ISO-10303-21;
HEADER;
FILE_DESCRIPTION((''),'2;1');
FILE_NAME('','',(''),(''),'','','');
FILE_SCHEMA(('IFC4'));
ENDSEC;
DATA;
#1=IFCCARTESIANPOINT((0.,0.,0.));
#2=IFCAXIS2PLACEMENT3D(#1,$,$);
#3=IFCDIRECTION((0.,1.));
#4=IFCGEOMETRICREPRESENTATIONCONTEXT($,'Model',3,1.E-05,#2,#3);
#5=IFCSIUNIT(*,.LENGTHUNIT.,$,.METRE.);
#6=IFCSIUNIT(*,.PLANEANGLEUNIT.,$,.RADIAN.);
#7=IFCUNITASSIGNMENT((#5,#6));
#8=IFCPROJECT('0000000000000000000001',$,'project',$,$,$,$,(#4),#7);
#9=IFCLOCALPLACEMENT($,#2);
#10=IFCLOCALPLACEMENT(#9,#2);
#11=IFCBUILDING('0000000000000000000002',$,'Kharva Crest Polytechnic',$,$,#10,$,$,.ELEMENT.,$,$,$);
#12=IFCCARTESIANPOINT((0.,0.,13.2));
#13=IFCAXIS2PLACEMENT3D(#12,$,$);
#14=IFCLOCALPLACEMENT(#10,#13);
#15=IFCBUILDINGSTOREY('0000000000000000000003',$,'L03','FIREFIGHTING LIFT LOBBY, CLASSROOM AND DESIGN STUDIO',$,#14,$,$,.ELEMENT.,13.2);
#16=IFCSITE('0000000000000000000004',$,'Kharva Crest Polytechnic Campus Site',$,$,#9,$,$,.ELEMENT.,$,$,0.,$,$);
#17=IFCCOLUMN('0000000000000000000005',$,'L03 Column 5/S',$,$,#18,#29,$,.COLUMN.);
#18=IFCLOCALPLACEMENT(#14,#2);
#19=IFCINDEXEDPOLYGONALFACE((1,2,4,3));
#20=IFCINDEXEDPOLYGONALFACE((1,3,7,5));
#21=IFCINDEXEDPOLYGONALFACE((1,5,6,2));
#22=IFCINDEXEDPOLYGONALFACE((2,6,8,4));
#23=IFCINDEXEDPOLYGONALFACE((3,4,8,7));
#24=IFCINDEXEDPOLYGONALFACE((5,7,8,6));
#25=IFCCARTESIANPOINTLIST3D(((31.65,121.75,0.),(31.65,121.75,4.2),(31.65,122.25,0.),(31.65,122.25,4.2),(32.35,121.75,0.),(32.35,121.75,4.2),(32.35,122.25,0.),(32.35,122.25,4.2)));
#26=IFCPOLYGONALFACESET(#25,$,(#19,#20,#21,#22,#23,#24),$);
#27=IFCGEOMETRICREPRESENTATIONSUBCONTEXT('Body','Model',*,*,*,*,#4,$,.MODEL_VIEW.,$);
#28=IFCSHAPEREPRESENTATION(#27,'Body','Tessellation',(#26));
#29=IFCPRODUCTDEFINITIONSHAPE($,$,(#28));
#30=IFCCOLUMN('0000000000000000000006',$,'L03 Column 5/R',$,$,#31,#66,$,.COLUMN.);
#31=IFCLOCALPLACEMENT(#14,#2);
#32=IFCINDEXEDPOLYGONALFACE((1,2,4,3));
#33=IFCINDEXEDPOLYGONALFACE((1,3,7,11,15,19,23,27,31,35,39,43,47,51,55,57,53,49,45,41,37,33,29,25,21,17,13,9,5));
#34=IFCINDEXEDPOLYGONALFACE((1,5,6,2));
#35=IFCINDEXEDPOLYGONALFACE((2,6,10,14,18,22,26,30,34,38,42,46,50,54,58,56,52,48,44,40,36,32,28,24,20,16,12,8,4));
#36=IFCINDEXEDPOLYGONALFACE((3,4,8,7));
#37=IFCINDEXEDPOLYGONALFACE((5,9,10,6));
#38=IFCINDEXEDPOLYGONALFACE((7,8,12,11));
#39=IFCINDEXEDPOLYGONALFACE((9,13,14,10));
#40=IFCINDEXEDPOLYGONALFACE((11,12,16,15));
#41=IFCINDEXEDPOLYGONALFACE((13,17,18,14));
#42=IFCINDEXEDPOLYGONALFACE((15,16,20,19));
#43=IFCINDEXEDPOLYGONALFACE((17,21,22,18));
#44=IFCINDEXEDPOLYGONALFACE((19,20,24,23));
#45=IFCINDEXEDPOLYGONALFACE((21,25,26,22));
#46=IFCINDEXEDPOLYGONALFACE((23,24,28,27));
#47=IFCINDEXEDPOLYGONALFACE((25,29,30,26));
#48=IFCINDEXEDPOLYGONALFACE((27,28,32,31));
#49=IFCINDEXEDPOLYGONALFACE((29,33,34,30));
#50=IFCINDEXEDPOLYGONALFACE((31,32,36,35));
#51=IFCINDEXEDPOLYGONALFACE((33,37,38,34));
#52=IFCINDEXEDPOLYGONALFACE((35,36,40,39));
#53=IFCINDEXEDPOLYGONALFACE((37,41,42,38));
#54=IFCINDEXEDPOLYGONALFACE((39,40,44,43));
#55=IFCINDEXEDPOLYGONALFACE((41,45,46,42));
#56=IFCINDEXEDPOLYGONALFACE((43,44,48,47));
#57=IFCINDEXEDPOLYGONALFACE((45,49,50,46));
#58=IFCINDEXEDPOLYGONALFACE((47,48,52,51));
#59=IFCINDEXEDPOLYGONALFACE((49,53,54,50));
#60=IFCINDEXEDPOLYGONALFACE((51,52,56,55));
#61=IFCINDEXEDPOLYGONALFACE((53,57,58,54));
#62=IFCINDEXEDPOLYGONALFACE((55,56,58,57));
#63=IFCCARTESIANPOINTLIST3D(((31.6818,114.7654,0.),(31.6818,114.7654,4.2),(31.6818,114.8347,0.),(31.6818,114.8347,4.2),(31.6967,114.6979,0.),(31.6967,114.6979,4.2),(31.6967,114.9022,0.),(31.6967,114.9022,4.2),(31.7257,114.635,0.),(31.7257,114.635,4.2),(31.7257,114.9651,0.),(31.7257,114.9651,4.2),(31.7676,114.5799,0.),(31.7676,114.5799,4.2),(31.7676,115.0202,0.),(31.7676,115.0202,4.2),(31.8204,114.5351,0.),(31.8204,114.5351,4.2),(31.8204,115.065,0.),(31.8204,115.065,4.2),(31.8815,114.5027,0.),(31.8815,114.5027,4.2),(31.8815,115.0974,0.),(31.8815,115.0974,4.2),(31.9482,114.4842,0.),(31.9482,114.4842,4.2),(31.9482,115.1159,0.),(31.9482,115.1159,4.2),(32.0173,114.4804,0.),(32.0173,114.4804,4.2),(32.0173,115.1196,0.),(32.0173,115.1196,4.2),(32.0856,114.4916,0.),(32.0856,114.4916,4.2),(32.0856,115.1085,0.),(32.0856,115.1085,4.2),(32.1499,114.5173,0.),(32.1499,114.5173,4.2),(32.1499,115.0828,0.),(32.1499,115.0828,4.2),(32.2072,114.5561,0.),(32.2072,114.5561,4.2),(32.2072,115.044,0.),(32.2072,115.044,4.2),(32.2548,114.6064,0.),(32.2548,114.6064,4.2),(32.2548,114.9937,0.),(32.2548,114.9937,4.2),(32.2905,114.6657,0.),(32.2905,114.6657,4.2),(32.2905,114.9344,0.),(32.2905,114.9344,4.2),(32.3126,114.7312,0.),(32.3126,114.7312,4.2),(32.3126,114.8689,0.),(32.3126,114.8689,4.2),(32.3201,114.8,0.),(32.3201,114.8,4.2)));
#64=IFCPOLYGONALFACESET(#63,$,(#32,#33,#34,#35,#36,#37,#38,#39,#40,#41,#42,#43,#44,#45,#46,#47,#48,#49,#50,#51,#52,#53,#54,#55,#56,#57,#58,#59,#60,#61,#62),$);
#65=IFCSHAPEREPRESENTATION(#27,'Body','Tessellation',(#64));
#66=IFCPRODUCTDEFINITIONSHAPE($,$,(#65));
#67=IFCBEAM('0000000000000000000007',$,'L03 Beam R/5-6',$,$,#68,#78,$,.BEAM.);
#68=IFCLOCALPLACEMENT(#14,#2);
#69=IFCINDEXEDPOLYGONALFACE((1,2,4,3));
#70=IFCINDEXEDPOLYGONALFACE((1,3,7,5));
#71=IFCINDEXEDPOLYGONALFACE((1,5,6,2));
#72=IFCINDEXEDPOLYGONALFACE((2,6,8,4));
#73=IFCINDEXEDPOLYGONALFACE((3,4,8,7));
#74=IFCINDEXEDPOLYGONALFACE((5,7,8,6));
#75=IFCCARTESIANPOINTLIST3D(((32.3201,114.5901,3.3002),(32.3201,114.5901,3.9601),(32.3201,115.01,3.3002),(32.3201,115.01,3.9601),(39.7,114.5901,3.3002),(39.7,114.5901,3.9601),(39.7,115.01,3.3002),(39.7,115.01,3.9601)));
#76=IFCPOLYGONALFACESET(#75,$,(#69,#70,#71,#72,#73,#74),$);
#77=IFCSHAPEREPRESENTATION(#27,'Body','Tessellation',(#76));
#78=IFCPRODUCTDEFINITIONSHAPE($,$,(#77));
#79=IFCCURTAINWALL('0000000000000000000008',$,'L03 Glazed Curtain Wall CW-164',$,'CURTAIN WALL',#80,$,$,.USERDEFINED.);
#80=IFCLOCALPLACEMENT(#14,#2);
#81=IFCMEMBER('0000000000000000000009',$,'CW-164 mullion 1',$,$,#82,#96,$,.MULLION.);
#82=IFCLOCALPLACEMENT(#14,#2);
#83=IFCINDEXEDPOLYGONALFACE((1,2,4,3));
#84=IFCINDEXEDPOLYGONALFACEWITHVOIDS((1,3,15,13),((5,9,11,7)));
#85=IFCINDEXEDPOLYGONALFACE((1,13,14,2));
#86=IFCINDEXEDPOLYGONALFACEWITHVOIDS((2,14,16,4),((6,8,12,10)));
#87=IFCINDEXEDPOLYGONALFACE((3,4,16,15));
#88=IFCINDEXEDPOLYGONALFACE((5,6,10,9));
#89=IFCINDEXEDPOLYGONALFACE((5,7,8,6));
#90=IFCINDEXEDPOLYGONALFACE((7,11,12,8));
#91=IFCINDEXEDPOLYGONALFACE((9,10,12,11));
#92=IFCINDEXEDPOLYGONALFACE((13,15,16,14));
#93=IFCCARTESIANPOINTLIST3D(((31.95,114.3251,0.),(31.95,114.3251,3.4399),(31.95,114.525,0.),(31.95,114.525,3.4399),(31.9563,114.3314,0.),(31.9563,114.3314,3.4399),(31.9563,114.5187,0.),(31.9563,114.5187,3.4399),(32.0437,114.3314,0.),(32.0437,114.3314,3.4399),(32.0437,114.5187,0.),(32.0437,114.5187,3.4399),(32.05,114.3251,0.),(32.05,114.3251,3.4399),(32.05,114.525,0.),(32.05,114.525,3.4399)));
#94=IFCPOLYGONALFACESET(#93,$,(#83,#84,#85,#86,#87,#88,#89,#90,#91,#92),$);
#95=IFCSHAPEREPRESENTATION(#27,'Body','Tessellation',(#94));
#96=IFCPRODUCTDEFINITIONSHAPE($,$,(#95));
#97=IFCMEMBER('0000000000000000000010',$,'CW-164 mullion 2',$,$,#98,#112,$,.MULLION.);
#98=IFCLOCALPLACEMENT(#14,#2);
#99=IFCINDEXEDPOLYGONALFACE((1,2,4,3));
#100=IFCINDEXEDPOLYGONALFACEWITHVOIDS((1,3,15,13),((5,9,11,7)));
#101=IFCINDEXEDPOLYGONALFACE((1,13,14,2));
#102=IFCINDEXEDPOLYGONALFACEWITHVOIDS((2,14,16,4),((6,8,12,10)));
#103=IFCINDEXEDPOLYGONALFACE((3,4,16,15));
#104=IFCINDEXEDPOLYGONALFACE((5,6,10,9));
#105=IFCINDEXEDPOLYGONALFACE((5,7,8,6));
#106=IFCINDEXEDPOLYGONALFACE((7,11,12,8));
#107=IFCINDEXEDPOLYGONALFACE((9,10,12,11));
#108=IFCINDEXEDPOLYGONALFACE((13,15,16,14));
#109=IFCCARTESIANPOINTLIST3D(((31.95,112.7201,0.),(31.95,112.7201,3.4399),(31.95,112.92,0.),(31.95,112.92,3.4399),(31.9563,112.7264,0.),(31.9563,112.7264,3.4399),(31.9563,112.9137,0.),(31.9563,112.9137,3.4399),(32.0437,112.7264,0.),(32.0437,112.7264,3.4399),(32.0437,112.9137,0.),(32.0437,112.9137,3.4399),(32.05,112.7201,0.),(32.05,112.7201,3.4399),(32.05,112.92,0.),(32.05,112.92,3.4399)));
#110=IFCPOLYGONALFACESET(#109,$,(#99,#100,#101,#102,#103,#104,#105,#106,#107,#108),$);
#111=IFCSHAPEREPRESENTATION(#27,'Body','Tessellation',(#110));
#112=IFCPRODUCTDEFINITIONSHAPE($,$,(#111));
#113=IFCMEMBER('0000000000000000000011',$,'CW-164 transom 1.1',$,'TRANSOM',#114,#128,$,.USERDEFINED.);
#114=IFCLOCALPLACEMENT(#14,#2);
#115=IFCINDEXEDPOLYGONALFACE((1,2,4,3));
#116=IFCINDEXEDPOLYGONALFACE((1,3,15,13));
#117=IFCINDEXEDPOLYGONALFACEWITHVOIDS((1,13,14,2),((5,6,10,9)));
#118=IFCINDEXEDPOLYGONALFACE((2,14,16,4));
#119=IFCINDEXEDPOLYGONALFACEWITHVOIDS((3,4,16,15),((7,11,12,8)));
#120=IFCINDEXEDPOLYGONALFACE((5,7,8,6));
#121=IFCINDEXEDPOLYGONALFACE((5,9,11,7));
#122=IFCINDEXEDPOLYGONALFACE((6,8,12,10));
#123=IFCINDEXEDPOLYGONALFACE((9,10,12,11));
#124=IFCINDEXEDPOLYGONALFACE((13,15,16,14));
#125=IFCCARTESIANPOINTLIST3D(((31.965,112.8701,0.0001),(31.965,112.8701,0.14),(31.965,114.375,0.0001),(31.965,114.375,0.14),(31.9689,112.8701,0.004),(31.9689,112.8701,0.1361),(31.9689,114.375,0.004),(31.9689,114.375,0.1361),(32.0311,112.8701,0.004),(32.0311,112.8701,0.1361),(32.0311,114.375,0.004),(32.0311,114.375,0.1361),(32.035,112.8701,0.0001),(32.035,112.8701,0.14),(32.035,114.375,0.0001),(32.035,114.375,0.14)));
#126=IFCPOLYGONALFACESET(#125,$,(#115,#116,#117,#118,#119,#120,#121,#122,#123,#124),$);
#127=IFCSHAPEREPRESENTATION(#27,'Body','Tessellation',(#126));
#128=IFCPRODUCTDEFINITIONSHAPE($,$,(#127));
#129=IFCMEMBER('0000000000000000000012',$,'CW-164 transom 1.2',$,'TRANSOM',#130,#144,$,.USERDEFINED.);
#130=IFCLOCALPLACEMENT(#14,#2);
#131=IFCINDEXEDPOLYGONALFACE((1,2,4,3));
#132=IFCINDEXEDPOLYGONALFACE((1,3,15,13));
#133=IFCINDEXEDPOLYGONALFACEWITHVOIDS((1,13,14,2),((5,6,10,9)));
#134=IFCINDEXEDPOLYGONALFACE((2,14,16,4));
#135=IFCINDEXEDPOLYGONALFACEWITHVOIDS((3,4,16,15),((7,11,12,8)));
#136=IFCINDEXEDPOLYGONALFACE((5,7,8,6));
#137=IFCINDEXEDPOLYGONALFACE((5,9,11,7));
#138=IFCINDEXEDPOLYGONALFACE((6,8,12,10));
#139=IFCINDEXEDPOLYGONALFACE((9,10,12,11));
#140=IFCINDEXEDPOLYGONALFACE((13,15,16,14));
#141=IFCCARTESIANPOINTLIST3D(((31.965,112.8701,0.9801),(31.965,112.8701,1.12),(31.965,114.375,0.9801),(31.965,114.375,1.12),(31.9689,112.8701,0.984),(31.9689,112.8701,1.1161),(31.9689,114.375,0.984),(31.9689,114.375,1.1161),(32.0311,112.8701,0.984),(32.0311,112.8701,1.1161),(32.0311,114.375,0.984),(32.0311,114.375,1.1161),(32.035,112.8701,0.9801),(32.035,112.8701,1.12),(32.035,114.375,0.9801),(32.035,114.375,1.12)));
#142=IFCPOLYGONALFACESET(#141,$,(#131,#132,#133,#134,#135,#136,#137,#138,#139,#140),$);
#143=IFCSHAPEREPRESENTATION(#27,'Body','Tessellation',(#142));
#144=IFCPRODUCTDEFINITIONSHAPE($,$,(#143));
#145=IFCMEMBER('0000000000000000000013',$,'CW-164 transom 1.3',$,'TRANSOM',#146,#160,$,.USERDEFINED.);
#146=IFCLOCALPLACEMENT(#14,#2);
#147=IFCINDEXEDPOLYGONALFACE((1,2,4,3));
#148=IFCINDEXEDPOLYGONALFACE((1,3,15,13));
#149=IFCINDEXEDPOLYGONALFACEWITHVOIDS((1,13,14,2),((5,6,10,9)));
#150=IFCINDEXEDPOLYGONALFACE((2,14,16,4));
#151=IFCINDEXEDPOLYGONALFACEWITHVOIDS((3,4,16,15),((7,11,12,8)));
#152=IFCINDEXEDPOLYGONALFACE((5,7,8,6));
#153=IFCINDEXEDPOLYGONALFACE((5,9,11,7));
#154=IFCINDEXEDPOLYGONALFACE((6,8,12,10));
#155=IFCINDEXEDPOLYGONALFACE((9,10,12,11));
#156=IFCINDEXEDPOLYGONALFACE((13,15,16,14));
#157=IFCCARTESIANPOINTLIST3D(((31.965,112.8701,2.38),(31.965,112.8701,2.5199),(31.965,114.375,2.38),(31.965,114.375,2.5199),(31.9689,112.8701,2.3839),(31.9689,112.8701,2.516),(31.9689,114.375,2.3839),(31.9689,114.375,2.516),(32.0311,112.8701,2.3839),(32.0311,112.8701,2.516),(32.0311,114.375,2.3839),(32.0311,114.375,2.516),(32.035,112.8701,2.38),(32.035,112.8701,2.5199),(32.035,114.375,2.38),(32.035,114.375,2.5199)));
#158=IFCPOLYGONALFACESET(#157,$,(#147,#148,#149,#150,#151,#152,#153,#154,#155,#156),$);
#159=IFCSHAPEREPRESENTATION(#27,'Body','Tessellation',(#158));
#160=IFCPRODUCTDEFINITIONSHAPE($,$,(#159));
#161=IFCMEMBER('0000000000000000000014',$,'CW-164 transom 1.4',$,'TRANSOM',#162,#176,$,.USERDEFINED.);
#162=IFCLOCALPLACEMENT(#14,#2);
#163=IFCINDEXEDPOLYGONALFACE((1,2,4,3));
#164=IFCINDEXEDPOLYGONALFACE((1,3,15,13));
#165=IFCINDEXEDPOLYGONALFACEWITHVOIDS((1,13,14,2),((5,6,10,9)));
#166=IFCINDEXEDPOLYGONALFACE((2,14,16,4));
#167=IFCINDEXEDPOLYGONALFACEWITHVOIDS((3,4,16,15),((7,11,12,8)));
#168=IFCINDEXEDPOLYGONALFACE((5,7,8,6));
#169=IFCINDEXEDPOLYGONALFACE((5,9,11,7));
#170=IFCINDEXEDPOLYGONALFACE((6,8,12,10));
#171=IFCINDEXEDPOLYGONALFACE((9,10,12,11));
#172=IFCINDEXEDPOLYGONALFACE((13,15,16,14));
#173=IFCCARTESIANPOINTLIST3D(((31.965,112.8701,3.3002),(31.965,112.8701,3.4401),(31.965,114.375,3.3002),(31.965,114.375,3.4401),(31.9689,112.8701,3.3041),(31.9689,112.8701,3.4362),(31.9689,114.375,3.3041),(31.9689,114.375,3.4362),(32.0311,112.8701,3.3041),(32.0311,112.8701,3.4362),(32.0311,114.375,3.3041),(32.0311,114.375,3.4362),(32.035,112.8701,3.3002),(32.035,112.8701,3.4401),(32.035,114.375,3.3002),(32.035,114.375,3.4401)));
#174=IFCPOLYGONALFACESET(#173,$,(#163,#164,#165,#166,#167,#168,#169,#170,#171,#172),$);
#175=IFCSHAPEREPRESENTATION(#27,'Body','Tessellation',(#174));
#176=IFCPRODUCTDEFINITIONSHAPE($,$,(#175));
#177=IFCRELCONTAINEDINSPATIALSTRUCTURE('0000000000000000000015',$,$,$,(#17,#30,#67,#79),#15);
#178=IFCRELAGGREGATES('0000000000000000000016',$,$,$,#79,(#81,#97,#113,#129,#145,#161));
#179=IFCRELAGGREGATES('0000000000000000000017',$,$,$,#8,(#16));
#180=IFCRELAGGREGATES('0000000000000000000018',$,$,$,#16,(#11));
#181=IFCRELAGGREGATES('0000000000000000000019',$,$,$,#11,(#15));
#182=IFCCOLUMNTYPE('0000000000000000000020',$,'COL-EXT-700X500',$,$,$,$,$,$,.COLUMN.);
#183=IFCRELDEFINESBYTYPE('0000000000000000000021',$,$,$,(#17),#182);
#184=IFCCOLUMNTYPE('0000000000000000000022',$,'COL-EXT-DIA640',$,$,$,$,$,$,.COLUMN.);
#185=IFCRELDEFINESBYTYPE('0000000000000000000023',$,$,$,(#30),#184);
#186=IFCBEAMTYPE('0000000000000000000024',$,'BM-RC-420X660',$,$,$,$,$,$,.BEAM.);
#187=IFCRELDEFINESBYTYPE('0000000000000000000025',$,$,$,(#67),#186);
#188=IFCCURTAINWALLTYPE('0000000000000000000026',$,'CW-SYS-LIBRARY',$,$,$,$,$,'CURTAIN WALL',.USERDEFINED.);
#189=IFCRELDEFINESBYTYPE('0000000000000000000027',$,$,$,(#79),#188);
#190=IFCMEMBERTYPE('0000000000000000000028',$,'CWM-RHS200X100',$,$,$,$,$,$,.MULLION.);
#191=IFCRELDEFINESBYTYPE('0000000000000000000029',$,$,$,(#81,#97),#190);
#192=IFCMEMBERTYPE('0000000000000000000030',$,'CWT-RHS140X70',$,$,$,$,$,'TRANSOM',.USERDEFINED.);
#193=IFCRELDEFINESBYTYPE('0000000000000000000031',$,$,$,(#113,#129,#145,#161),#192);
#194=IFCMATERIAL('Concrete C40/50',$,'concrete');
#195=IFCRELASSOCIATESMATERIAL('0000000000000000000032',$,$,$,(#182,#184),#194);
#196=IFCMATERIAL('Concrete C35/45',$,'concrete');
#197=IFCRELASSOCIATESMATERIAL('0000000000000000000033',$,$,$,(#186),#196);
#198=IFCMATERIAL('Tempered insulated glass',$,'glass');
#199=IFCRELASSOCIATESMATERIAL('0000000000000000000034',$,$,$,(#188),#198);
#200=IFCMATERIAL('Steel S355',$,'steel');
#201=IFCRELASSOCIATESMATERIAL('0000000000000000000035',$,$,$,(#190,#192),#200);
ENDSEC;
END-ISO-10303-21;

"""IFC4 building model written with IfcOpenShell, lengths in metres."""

from ifc_helpers import new_model, si_unit, direction, frame, origin, origin_2d, place, context, subcontext, project, spatial, rectangle, hollow_rectangle, circle, extrude, material, material_profile, profile_set, type_object, element, aggregate, save


model = new_model("IFC4")

# Units and contexts
model_context = context("Model", 3, precision=1e-05, world=origin(), true_north=direction((0.0, 1.0)))
body_context = subcontext(model_context, "Body", "Model", "MODEL_VIEW")
ifc_project = project(units=[si_unit("LENGTHUNIT", "METRE"), si_unit("PLANEANGLEUNIT", "RADIAN")], contexts=[model_context])

# Site, building, storey
site_placement = place(None, origin())
site = spatial("IfcSite", under=ifc_project, at=site_placement, Name="Kharva Crest Polytechnic Campus Site", CompositionType="ELEMENT", RefElevation=0.0)
building_placement = place(site_placement, origin())
building = spatial("IfcBuilding", under=site, at=building_placement, Name="Kharva Crest Polytechnic", CompositionType="ELEMENT")
storey_placement = place(building_placement, frame((0.0, 0.0, 13.2)))
storey = spatial("IfcBuildingStorey", under=building, at=storey_placement, Name="L03", Description="FIREFIGHTING LIFT LOBBY, CLASSROOM AND DESIGN STUDIO", CompositionType="ELEMENT", Elevation=13.2)

# Columns
ifc_material_1 = material(Name="Concrete C40/50", Category="concrete")
ifc_material_profile_1 = material_profile(ifc_material_1, rectangle(XDim=0.7, YDim=0.5, at=origin_2d()), Name="RECT 700 X 500")
ifc_profile_set_1 = profile_set([ifc_material_profile_1], Name="Concrete C40/50")
column_type_1 = type_object("IfcColumnType", Name="COL-EXT-700X500", PredefinedType="COLUMN", material=ifc_profile_set_1)
column_1_placement = place(storey_placement, frame((32.0, 122.0, 0.0), z_axis=(0.0, 0.0, 1.0), x_axis=(1.0, 0.0, 0.0)))
element("IfcColumn", 1, at=column_1_placement, inside=storey, type_object=column_type_1, Name="L03 Column 5/S", PredefinedType="COLUMN", context=body_context, shape_type="SweptSolid", body=[
    extrude(rectangle(XDim=0.7, YDim=0.5, at=origin_2d()), origin(), (0.0, 0.0, 1.0), 4.2),
])
ifc_material_profile_2 = material_profile(ifc_material_1, circle(Radius=0.3201, at=origin_2d()), Name="DIA 640")
ifc_profile_set_2 = profile_set([ifc_material_profile_2], Name="Concrete C40/50")
column_type_2 = type_object("IfcColumnType", Name="COL-EXT-DIA640", PredefinedType="COLUMN", material=ifc_profile_set_2)
column_2_placement = place(storey_placement, frame((32.0, 114.8, 0.0), z_axis=(0.0, 0.0, 1.0), x_axis=(1.0, 0.0, 0.0)))
element("IfcColumn", 2, at=column_2_placement, inside=storey, type_object=column_type_2, Name="L03 Column 5/R", PredefinedType="COLUMN", context=body_context, shape_type="SweptSolid", body=[
    extrude(circle(Radius=0.3201, at=origin_2d()), origin(), (0.0, 0.0, 1.0), 4.2),
])

# Beam
ifc_material_2 = material(Name="Concrete C35/45", Category="concrete")
ifc_material_profile_3 = material_profile(ifc_material_2, rectangle(XDim=0.4199, YDim=0.6599, at=origin_2d()), Name="RECT 420 X 660")
ifc_profile_set_3 = profile_set([ifc_material_profile_3], Name="Concrete C35/45")
beam_type_1 = type_object("IfcBeamType", Name="BM-RC-420X660", PredefinedType="BEAM", material=ifc_profile_set_3)
beam_1_placement = place(storey_placement, frame((32.3201, 114.8, 3.6301), z_axis=(1.0, 0.0, 0.0), x_axis=(0.0, 1.0, 0.0)))
element("IfcBeam", 3, at=beam_1_placement, inside=storey, type_object=beam_type_1, Name="L03 Beam R/5-6", PredefinedType="BEAM", context=body_context, shape_type="SweptSolid", body=[
    extrude(rectangle(XDim=0.4199, YDim=0.6599, at=origin_2d()), origin(), (0.0, 0.0, 1.0), 7.3799),
])

# Curtain wall, members
ifc_material_3 = material(Name="Tempered insulated glass", Category="glass")
curtain_wall_type = type_object("IfcCurtainWallType", Name="CW-SYS-LIBRARY", ElementType="CURTAIN WALL", PredefinedType="USERDEFINED", material=ifc_material_3)
curtain_wall_placement = place(storey_placement, origin())
curtain_wall = element("IfcCurtainWall", 4, at=curtain_wall_placement, inside=storey, type_object=curtain_wall_type, Name="L03 Glazed Curtain Wall CW-164", ObjectType="CURTAIN WALL", PredefinedType="USERDEFINED")
ifc_material_4 = material(Name="Steel S355", Category="steel")
ifc_material_profile_4 = material_profile(ifc_material_4, hollow_rectangle(XDim=0.1001, YDim=0.2, WallThickness=0.0063, at=origin_2d()), Name="RHS 200X100X6.3")
ifc_profile_set_4 = profile_set([ifc_material_profile_4], Name="Steel S355")
member_type_1 = type_object("IfcMemberType", Name="CWM-RHS200X100", PredefinedType="MULLION", material=ifc_profile_set_4)
member_1_placement = place(storey_placement, frame((32.0, 114.425, 0.0), z_axis=(0.0, 0.0, 1.0), x_axis=(1.0, 0.0, 0.0)))
member_1 = element("IfcMember", 5, at=member_1_placement, type_object=member_type_1, Name="CW-164 mullion 1", PredefinedType="MULLION", context=body_context, shape_type="SweptSolid", body=[
    extrude(hollow_rectangle(XDim=0.1001, YDim=0.2, WallThickness=0.0063, at=origin_2d()), origin(), (0.0, 0.0, 1.0), 3.4399),
])
member_2_placement = place(storey_placement, frame((32.0, 112.8201, 0.0), z_axis=(0.0, 0.0, 1.0), x_axis=(1.0, 0.0, 0.0)))
member_2 = element("IfcMember", 6, at=member_2_placement, type_object=member_type_1, Name="CW-164 mullion 2", PredefinedType="MULLION", context=body_context, shape_type="SweptSolid", body=[
    extrude(hollow_rectangle(XDim=0.1001, YDim=0.2, WallThickness=0.0063, at=origin_2d()), origin(), (0.0, 0.0, 1.0), 3.4399),
])
ifc_material_profile_5 = material_profile(ifc_material_4, hollow_rectangle(XDim=0.0701, YDim=0.1399, WallThickness=0.0039, at=origin_2d()), Name="RHS 140X70X4.0")
ifc_profile_set_5 = profile_set([ifc_material_profile_5], Name="Steel S355")
member_type_2 = type_object("IfcMemberType", Name="CWT-RHS140X70", ElementType="TRANSOM", PredefinedType="USERDEFINED", material=ifc_profile_set_5)
member_3_placement = place(storey_placement, frame((32.0, 114.375, 0.0701), z_axis=(0.0, -1.0, 0.0), x_axis=(1.0, 0.0, 0.0)))
member_3 = element("IfcMember", 7, at=member_3_placement, type_object=member_type_2, Name="CW-164 transom 1.1", ObjectType="TRANSOM", PredefinedType="USERDEFINED", context=body_context, shape_type="SweptSolid", body=[
    extrude(hollow_rectangle(XDim=0.0701, YDim=0.1399, WallThickness=0.0039, at=origin_2d()), origin(), (0.0, 0.0, 1.0), 1.5049),
])
member_4_placement = place(storey_placement, frame((32.0, 114.375, 1.05), z_axis=(0.0, -1.0, 0.0), x_axis=(1.0, 0.0, 0.0)))
member_4 = element("IfcMember", 8, at=member_4_placement, type_object=member_type_2, Name="CW-164 transom 1.2", ObjectType="TRANSOM", PredefinedType="USERDEFINED", context=body_context, shape_type="SweptSolid", body=[
    extrude(hollow_rectangle(XDim=0.0701, YDim=0.1399, WallThickness=0.0039, at=origin_2d()), origin(), (0.0, 0.0, 1.0), 1.5049),
])
member_5_placement = place(storey_placement, frame((32.0, 114.375, 2.45), z_axis=(0.0, -1.0, 0.0), x_axis=(1.0, 0.0, 0.0)))
member_5 = element("IfcMember", 9, at=member_5_placement, type_object=member_type_2, Name="CW-164 transom 1.3", ObjectType="TRANSOM", PredefinedType="USERDEFINED", context=body_context, shape_type="SweptSolid", body=[
    extrude(hollow_rectangle(XDim=0.0701, YDim=0.1399, WallThickness=0.0039, at=origin_2d()), origin(), (0.0, 0.0, 1.0), 1.5049),
])
member_6_placement = place(storey_placement, frame((32.0, 114.375, 3.3701), z_axis=(0.0, -1.0, 0.0), x_axis=(1.0, 0.0, 0.0)))
member_6 = element("IfcMember", 10, at=member_6_placement, type_object=member_type_2, Name="CW-164 transom 1.4", ObjectType="TRANSOM", PredefinedType="USERDEFINED", context=body_context, shape_type="SweptSolid", body=[
    extrude(hollow_rectangle(XDim=0.0701, YDim=0.1399, WallThickness=0.0039, at=origin_2d()), origin(), (0.0, 0.0, 1.0), 1.5049),
])

aggregate(curtain_wall, [member_1, member_2, member_3, member_4, member_5, member_6])

save(model, "model.ifc")
